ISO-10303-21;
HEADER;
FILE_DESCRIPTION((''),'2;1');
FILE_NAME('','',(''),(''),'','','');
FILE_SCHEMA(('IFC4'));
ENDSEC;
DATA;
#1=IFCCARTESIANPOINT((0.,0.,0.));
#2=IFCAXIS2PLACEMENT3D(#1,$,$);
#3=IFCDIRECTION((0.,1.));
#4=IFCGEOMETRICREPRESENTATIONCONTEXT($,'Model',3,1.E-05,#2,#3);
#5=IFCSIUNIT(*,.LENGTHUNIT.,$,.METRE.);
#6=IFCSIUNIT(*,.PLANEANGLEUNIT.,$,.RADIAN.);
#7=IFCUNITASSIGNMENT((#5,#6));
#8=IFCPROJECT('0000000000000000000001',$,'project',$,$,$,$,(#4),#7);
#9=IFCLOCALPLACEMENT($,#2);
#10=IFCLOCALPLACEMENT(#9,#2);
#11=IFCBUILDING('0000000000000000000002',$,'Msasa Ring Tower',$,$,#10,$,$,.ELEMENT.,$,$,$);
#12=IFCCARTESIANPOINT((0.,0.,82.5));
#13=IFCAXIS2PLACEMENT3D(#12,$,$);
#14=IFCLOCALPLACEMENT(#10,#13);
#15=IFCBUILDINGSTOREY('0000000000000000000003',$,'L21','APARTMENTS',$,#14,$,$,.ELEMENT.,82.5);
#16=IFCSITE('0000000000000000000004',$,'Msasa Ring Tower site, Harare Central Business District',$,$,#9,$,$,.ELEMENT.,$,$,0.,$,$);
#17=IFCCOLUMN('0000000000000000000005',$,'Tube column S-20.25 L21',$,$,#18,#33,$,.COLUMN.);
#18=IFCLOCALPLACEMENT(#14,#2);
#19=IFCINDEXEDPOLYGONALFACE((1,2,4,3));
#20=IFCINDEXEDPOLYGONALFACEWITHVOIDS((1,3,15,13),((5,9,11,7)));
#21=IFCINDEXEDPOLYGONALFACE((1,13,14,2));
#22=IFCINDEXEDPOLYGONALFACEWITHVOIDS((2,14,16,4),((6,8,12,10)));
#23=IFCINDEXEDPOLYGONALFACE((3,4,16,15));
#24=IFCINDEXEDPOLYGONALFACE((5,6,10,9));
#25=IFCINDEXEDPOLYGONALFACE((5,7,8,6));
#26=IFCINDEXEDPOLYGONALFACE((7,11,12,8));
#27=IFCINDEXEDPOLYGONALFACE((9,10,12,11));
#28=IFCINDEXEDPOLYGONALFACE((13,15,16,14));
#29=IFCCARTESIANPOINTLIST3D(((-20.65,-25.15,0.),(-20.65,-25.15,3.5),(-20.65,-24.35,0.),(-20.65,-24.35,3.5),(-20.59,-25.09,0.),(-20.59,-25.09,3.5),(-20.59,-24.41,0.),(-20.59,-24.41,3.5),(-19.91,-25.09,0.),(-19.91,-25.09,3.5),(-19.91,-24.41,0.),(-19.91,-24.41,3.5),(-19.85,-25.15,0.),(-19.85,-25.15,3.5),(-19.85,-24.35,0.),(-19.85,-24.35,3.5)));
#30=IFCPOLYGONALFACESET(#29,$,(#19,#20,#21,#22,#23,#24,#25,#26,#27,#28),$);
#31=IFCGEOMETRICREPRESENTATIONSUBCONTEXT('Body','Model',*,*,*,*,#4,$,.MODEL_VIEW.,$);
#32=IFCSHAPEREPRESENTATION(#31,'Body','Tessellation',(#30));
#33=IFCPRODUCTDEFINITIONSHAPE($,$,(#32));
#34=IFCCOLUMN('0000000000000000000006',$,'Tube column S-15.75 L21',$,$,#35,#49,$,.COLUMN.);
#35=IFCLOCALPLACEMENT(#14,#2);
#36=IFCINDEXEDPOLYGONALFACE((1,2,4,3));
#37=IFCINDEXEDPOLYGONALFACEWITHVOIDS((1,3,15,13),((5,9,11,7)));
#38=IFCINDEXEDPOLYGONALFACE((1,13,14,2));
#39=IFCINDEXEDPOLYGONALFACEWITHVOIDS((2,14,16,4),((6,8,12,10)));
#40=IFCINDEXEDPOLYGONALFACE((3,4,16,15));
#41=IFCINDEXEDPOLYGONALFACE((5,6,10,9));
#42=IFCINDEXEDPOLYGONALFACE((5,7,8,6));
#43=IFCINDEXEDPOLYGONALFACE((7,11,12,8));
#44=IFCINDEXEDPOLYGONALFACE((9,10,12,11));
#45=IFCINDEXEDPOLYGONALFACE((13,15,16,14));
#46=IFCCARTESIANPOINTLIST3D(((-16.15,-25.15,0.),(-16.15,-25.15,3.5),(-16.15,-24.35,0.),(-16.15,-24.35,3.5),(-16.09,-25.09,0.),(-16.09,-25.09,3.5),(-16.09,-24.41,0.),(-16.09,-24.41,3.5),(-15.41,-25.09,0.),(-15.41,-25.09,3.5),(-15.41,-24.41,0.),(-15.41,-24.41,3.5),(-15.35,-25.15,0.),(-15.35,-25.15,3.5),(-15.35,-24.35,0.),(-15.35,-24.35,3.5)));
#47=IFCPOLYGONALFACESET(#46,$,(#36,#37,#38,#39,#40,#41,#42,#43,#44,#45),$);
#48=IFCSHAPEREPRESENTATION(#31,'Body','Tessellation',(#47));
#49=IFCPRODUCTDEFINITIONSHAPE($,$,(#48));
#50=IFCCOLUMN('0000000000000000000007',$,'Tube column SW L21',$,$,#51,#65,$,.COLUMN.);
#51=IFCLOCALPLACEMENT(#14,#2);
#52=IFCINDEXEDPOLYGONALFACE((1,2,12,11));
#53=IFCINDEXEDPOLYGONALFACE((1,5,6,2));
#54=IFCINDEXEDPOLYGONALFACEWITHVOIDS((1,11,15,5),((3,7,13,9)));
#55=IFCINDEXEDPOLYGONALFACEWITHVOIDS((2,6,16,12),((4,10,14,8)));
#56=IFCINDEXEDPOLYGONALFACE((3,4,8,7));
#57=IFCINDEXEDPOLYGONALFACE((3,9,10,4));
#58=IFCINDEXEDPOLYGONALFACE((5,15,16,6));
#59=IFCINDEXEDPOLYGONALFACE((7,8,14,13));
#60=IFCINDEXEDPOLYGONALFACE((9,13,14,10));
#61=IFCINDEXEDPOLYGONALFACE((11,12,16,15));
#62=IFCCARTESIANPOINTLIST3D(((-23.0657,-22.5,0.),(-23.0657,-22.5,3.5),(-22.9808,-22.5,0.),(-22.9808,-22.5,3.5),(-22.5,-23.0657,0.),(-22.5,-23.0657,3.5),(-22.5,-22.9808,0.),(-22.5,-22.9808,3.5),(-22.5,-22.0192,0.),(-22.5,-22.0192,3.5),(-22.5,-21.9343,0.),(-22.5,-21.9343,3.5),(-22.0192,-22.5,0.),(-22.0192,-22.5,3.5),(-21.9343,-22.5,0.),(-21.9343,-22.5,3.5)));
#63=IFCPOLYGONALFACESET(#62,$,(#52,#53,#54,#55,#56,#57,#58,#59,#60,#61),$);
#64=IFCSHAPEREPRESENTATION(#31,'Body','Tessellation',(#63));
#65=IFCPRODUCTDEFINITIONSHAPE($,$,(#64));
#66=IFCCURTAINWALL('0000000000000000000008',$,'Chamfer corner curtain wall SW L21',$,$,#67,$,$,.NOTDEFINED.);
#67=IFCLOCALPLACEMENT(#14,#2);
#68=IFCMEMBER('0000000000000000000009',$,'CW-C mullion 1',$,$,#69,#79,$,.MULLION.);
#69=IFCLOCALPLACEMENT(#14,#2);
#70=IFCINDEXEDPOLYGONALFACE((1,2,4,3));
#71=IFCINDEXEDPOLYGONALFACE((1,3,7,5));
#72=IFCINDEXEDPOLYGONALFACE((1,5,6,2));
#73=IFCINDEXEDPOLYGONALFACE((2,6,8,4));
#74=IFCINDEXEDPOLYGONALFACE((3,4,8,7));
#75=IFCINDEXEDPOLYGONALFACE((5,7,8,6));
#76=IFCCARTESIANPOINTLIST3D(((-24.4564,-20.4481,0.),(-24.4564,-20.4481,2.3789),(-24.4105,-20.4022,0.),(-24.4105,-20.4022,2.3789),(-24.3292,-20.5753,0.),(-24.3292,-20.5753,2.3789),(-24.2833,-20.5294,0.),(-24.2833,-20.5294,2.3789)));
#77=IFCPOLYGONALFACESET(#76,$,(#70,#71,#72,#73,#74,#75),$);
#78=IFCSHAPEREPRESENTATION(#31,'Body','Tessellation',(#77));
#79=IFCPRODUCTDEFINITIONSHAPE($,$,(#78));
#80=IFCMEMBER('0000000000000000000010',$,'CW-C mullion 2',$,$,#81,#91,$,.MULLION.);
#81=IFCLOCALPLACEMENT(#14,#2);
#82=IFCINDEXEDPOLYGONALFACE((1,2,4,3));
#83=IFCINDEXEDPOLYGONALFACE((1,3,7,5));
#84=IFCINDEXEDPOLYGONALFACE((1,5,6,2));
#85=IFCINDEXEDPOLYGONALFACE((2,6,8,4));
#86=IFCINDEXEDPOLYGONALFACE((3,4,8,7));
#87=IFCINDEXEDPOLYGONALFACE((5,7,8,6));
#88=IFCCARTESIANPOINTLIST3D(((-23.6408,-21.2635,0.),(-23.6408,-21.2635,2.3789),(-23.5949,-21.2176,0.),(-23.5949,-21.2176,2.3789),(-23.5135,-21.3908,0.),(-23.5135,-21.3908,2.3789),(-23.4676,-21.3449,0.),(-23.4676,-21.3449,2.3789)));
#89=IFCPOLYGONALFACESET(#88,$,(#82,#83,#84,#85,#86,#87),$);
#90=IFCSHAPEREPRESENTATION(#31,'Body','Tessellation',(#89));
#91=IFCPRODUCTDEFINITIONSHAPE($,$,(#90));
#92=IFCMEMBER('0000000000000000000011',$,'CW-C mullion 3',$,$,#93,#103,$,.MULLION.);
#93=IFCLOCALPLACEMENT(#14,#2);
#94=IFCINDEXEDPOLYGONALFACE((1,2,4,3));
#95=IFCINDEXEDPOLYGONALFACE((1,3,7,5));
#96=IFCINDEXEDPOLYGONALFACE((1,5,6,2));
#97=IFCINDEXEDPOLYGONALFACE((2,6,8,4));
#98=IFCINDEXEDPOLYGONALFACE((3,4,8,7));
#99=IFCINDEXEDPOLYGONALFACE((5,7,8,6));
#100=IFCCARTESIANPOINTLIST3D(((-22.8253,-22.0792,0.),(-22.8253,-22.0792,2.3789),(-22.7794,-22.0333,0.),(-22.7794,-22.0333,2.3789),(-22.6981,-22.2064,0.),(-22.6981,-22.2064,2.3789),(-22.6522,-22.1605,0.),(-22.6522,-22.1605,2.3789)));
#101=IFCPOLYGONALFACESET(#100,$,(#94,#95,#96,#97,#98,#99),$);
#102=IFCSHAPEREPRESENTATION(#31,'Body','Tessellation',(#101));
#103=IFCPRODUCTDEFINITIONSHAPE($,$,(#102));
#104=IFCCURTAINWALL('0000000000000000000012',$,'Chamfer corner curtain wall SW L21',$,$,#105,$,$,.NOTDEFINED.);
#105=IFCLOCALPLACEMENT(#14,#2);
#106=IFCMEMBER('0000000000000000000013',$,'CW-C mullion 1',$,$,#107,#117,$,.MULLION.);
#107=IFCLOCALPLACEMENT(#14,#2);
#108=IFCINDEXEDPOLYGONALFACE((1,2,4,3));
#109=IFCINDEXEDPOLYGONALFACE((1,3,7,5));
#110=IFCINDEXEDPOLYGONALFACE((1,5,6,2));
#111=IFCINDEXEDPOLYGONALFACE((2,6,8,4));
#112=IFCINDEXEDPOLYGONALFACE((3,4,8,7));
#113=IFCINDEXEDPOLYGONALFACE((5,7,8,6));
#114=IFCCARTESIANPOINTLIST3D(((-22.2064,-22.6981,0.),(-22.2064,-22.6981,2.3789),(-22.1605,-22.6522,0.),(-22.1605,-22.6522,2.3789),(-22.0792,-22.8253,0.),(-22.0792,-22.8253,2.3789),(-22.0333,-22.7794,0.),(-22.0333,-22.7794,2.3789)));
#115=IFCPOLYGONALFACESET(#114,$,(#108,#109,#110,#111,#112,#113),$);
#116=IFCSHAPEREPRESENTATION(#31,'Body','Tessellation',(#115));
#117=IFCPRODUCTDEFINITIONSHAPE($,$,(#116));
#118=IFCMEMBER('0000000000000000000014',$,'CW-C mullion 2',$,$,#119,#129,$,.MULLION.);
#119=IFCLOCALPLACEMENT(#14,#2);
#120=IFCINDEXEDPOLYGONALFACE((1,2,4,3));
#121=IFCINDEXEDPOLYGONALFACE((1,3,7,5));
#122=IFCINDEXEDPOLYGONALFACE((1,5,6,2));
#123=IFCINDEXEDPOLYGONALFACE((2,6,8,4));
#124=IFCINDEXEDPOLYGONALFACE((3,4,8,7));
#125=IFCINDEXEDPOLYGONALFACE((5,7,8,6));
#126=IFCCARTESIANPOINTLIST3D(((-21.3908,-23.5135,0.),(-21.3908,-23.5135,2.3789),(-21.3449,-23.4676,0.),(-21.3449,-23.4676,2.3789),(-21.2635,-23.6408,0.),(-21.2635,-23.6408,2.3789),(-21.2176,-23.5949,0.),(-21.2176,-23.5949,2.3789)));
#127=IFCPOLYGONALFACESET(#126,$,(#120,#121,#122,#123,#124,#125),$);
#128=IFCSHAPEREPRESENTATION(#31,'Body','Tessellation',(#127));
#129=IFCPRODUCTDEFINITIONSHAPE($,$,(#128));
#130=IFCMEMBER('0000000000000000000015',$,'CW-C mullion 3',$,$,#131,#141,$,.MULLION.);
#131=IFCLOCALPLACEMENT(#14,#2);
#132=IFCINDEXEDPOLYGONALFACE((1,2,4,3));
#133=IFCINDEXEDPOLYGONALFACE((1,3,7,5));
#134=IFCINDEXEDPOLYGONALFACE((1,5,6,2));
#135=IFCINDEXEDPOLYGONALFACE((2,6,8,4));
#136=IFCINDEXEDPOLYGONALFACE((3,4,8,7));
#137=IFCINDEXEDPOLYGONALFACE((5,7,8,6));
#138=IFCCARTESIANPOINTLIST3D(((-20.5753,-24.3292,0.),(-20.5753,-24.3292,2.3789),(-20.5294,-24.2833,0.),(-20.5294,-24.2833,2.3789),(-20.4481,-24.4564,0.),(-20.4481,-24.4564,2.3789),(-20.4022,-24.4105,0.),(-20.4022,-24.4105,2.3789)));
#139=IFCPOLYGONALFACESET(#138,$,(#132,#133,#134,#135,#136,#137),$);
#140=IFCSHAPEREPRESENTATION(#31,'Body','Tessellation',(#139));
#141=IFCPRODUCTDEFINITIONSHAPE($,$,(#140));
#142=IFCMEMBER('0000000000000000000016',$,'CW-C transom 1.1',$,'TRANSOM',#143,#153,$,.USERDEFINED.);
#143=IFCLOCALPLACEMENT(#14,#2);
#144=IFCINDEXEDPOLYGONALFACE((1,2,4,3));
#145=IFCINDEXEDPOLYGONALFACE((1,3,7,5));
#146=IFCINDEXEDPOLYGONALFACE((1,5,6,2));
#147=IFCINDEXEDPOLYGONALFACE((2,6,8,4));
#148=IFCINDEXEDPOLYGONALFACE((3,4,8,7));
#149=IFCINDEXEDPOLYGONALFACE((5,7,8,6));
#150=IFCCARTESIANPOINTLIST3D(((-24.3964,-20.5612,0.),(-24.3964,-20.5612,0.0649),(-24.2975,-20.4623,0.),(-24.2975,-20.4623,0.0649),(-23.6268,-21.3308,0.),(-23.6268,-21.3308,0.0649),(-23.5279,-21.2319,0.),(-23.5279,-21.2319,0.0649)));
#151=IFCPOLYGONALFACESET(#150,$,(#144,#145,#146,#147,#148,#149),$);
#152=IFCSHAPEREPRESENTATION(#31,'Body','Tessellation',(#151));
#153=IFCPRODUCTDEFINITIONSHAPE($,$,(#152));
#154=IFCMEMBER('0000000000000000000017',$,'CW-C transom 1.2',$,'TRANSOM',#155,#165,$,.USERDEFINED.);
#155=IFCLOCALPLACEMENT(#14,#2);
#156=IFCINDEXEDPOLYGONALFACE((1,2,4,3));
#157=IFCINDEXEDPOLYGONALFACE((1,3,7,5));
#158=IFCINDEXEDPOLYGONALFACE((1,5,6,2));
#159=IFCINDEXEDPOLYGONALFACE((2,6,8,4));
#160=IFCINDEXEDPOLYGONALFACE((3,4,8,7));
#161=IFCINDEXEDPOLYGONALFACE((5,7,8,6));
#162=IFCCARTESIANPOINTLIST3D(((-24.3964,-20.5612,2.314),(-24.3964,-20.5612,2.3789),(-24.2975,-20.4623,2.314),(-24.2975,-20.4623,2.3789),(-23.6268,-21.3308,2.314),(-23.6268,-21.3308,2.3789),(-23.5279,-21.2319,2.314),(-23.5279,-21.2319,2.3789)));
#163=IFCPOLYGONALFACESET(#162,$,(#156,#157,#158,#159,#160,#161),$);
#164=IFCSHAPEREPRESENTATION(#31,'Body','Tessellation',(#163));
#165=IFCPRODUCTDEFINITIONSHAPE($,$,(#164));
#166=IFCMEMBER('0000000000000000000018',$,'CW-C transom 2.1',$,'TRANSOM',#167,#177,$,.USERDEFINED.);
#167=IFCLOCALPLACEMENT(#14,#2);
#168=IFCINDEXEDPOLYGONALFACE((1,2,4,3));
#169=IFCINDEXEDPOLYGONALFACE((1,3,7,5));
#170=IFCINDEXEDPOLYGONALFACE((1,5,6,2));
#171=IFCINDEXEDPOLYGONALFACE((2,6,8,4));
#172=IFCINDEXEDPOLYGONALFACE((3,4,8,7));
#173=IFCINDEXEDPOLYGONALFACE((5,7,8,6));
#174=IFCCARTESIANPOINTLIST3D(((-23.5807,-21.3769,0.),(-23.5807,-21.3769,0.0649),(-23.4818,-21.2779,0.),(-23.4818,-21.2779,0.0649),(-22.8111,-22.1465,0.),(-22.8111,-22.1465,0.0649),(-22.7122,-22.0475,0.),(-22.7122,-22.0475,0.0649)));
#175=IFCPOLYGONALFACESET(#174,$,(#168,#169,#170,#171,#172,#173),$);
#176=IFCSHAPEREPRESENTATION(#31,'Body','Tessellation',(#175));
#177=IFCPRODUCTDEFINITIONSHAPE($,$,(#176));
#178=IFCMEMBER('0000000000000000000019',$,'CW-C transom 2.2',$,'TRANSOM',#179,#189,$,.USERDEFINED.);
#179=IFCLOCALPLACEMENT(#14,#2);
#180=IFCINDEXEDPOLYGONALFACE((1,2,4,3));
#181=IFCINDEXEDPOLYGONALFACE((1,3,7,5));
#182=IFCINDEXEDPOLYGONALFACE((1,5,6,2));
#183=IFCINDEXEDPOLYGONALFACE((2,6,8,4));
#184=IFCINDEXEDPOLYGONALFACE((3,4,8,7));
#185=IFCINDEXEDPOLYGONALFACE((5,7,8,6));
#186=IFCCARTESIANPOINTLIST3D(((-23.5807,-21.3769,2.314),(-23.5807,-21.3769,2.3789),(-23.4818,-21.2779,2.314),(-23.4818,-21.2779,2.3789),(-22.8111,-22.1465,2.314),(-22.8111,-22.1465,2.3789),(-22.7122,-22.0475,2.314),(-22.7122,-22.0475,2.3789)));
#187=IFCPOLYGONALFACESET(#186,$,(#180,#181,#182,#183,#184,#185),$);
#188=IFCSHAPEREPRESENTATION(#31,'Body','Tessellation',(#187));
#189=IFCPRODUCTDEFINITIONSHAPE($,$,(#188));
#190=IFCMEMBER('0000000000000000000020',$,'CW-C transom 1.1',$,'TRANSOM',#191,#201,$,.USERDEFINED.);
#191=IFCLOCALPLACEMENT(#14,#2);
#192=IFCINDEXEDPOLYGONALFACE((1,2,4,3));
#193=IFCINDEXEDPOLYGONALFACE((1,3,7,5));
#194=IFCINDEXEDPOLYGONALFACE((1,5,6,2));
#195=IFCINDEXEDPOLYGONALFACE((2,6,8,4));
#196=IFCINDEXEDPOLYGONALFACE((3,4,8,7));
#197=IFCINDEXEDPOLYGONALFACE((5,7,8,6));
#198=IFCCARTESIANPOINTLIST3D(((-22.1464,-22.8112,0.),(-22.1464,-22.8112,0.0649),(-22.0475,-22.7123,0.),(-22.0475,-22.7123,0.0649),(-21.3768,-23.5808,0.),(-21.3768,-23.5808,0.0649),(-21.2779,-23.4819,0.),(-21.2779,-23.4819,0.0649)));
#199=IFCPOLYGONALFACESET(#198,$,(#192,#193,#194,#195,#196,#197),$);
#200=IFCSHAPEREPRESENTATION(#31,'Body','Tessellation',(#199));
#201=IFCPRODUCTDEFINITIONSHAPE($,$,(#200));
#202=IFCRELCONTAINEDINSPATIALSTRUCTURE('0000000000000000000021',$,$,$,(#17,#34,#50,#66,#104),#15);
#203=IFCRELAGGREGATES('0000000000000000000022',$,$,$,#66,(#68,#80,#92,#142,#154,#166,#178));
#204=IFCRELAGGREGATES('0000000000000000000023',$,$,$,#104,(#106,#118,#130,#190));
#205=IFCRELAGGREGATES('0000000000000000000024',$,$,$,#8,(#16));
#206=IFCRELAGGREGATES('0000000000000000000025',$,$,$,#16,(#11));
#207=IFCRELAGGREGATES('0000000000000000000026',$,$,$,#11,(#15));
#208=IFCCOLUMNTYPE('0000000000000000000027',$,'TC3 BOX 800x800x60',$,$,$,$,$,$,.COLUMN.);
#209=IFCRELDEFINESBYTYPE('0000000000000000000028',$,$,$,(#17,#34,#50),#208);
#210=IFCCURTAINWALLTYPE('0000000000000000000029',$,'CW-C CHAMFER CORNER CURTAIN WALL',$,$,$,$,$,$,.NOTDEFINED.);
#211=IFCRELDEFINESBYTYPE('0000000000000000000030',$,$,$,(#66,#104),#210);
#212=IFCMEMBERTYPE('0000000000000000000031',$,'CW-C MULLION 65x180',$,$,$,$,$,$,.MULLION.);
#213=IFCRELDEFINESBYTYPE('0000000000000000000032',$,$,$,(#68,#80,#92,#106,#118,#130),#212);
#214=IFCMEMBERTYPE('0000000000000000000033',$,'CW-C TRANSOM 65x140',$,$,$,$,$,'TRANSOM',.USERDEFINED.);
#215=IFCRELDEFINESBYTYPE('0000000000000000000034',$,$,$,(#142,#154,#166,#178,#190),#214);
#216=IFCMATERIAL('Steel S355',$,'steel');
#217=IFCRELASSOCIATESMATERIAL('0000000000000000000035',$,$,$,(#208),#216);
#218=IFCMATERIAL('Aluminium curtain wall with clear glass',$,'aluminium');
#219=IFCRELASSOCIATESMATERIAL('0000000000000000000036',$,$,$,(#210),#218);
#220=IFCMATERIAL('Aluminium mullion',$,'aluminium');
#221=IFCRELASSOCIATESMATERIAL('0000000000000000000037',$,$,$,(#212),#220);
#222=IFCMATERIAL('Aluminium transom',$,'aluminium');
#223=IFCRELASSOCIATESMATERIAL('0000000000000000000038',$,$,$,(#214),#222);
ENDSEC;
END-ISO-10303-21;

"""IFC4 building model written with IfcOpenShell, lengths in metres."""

from ifc_helpers import new_model, si_unit, direction, frame, origin, origin_2d, place, context, subcontext, project, spatial, rectangle, hollow_rectangle, extrude, material, material_profile, profile_set, type_object, element, aggregate, save


model = new_model("IFC4")

# Units and contexts
model_context = context("Model", 3, precision=1e-05, world=origin(), true_north=direction((0.0, 1.0)))
body_context = subcontext(model_context, "Body", "Model", "MODEL_VIEW")
ifc_project = project(units=[si_unit("LENGTHUNIT", "METRE"), si_unit("PLANEANGLEUNIT", "RADIAN")], contexts=[model_context])

# Site, building, storey
site_placement = place(None, origin())
site = spatial("IfcSite", under=ifc_project, at=site_placement, Name="Msasa Ring Tower site, Harare Central Business District", CompositionType="ELEMENT", RefElevation=0.0)
building_placement = place(site_placement, origin())
building = spatial("IfcBuilding", under=site, at=building_placement, Name="Msasa Ring Tower", CompositionType="ELEMENT")
storey_placement = place(building_placement, frame((0.0, 0.0, 82.5)))
storey = spatial("IfcBuildingStorey", under=building, at=storey_placement, Name="L21", Description="APARTMENTS", CompositionType="ELEMENT", Elevation=82.5)

# Columns
ifc_material_1 = material(Name="Steel S355", Category="steel")
ifc_material_profile_1 = material_profile(ifc_material_1, hollow_rectangle(XDim=0.8, YDim=0.8, WallThickness=0.0601, at=origin_2d()), Name="BOX 800x800x60")
ifc_profile_set_1 = profile_set([ifc_material_profile_1], Name="Steel S355")
column_type = type_object("IfcColumnType", Name="TC3 BOX 800x800x60", PredefinedType="COLUMN", material=ifc_profile_set_1)
for number, where, z_axis, x_axis, name in (
    (1, (-20.25, -24.75, 0.0), (0.0, 0.0, 1.0), (0.0, 1.0, 0.0), "Tube column S-20.25 L21"),
    (2, (-15.75, -24.75, 0.0), (0.0, 0.0, 1.0), (0.0, 1.0, 0.0), "Tube column S-15.75 L21"),
    (3, (-22.5, -22.5, 0.0), (0.0, 0.0, 1.0), (0.707107, 0.707107, 0.0), "Tube column SW L21"),
):
    element("IfcColumn", number, at=place(storey_placement, frame(where, z_axis=z_axis, x_axis=x_axis)), inside=storey, type_object=column_type, Name=name, PredefinedType="COLUMN", context=body_context, shape_type="SweptSolid", body=[
        extrude(hollow_rectangle(XDim=0.8, YDim=0.8, WallThickness=0.0601, at=origin_2d()), origin(), (0.0, 0.0, 1.0), 3.5),
    ])

# Curtain walls, members
ifc_material_2 = material(Name="Aluminium curtain wall with clear glass", Category="aluminium")
curtain_wall_type = type_object("IfcCurtainWallType", Name="CW-C CHAMFER CORNER CURTAIN WALL", PredefinedType="NOTDEFINED", material=ifc_material_2)
curtain_wall_1_placement = place(storey_placement, origin())
curtain_wall_1 = element("IfcCurtainWall", 4, at=curtain_wall_1_placement, inside=storey, type_object=curtain_wall_type, Name="Chamfer corner curtain wall SW L21", PredefinedType="NOTDEFINED")
ifc_material_3 = material(Name="Aluminium mullion", Category="aluminium")
ifc_material_profile_2 = material_profile(ifc_material_3, rectangle(XDim=0.0649, YDim=0.1799, at=origin_2d()), Name="AL 65x180")
ifc_profile_set_2 = profile_set([ifc_material_profile_2], Name="Aluminium mullion")
member_type_1 = type_object("IfcMemberType", Name="CW-C MULLION 65x180", PredefinedType="MULLION", material=ifc_profile_set_2)
member_1_placement = place(storey_placement, frame((-24.3699, -20.4888, 0.0), z_axis=(0.0, 0.0, 1.0), x_axis=(0.707107, 0.707107, 0.0)))
member_1 = element("IfcMember", 5, at=member_1_placement, type_object=member_type_1, Name="CW-C mullion 1", PredefinedType="MULLION", context=body_context, shape_type="SweptSolid", body=[
    extrude(rectangle(XDim=0.0649, YDim=0.1799, at=origin_2d()), origin(), (0.0, 0.0, 1.0), 2.3789),
])
member_2_placement = place(storey_placement, frame((-23.5542, -21.3042, 0.0), z_axis=(0.0, 0.0, 1.0), x_axis=(0.707107, 0.707107, 0.0)))
member_2 = element("IfcMember", 6, at=member_2_placement, type_object=member_type_1, Name="CW-C mullion 2", PredefinedType="MULLION", context=body_context, shape_type="SweptSolid", body=[
    extrude(rectangle(XDim=0.0649, YDim=0.1799, at=origin_2d()), origin(), (0.0, 0.0, 1.0), 2.3789),
])
member_3_placement = place(storey_placement, frame((-22.7388, -22.1199, 0.0), z_axis=(0.0, 0.0, 1.0), x_axis=(0.707107, 0.707107, 0.0)))
member_3 = element("IfcMember", 7, at=member_3_placement, type_object=member_type_1, Name="CW-C mullion 3", PredefinedType="MULLION", context=body_context, shape_type="SweptSolid", body=[
    extrude(rectangle(XDim=0.0649, YDim=0.1799, at=origin_2d()), origin(), (0.0, 0.0, 1.0), 2.3789),
])
curtain_wall_2_placement = place(storey_placement, origin())
curtain_wall_2 = element("IfcCurtainWall", 8, at=curtain_wall_2_placement, inside=storey, type_object=curtain_wall_type, Name="Chamfer corner curtain wall SW L21", PredefinedType="NOTDEFINED")
member_4_placement = place(storey_placement, frame((-22.1199, -22.7388, 0.0), z_axis=(0.0, 0.0, 1.0), x_axis=(0.707107, 0.707107, 0.0)))
member_4 = element("IfcMember", 9, at=member_4_placement, type_object=member_type_1, Name="CW-C mullion 1", PredefinedType="MULLION", context=body_context, shape_type="SweptSolid", body=[
    extrude(rectangle(XDim=0.0649, YDim=0.1799, at=origin_2d()), origin(), (0.0, 0.0, 1.0), 2.3789),
])
member_5_placement = place(storey_placement, frame((-21.3042, -23.5542, 0.0), z_axis=(0.0, 0.0, 1.0), x_axis=(0.707107, 0.707107, 0.0)))
member_5 = element("IfcMember", 10, at=member_5_placement, type_object=member_type_1, Name="CW-C mullion 2", PredefinedType="MULLION", context=body_context, shape_type="SweptSolid", body=[
    extrude(rectangle(XDim=0.0649, YDim=0.1799, at=origin_2d()), origin(), (0.0, 0.0, 1.0), 2.3789),
])
member_6_placement = place(storey_placement, frame((-20.4888, -24.3699, 0.0), z_axis=(0.0, 0.0, 1.0), x_axis=(0.707107, 0.707107, 0.0)))
member_6 = element("IfcMember", 11, at=member_6_placement, type_object=member_type_1, Name="CW-C mullion 3", PredefinedType="MULLION", context=body_context, shape_type="SweptSolid", body=[
    extrude(rectangle(XDim=0.0649, YDim=0.1799, at=origin_2d()), origin(), (0.0, 0.0, 1.0), 2.3789),
])

# Members
ifc_material_4 = material(Name="Aluminium transom", Category="aluminium")
ifc_material_profile_3 = material_profile(ifc_material_4, rectangle(XDim=0.1399, YDim=0.0649, at=origin_2d()), Name="AL 65x140")
ifc_profile_set_3 = profile_set([ifc_material_profile_3], Name="Aluminium transom")
member_type_2 = type_object("IfcMemberType", Name="CW-C TRANSOM 65x140", ElementType="TRANSOM", PredefinedType="USERDEFINED", material=ifc_profile_set_3)
member_7_placement = place(storey_placement, frame((-24.3469, -20.5117, 0.0325), z_axis=(0.707107, -0.707107, 0.0), x_axis=(0.707107, 0.707107, 0.0)))
member_7 = element("IfcMember", 12, at=member_7_placement, type_object=member_type_2, Name="CW-C transom 1.1", ObjectType="TRANSOM", PredefinedType="USERDEFINED", context=body_context, shape_type="SweptSolid", body=[
    extrude(rectangle(XDim=0.1399, YDim=0.0649, at=origin_2d()), origin(), (0.0, 0.0, 1.0), 1.0884),
])
member_8_placement = place(storey_placement, frame((-24.3469, -20.5117, 2.3464), z_axis=(0.707107, -0.707107, 0.0), x_axis=(0.707107, 0.707107, 0.0)))
member_8 = element("IfcMember", 13, at=member_8_placement, type_object=member_type_2, Name="CW-C transom 1.2", ObjectType="TRANSOM", PredefinedType="USERDEFINED", context=body_context, shape_type="SweptSolid", body=[
    extrude(rectangle(XDim=0.1399, YDim=0.0649, at=origin_2d()), origin(), (0.0, 0.0, 1.0), 1.0884),
])
member_9_placement = place(storey_placement, frame((-23.5312, -21.3274, 0.0325), z_axis=(0.707107, -0.707107, 0.0), x_axis=(0.707107, 0.707107, 0.0)))
member_9 = element("IfcMember", 14, at=member_9_placement, type_object=member_type_2, Name="CW-C transom 2.1", ObjectType="TRANSOM", PredefinedType="USERDEFINED", context=body_context, shape_type="SweptSolid", body=[
    extrude(rectangle(XDim=0.1399, YDim=0.0649, at=origin_2d()), origin(), (0.0, 0.0, 1.0), 1.0884),
])
member_10_placement = place(storey_placement, frame((-23.5312, -21.3274, 2.3464), z_axis=(0.707107, -0.707107, 0.0), x_axis=(0.707107, 0.707107, 0.0)))
member_10 = element("IfcMember", 15, at=member_10_placement, type_object=member_type_2, Name="CW-C transom 2.2", ObjectType="TRANSOM", PredefinedType="USERDEFINED", context=body_context, shape_type="SweptSolid", body=[
    extrude(rectangle(XDim=0.1399, YDim=0.0649, at=origin_2d()), origin(), (0.0, 0.0, 1.0), 1.0884),
])
member_11_placement = place(storey_placement, frame((-22.0969, -22.7617, 0.0325), z_axis=(0.707107, -0.707107, 0.0), x_axis=(0.707107, 0.707107, 0.0)))
member_11 = element("IfcMember", 16, at=member_11_placement, type_object=member_type_2, Name="CW-C transom 1.1", ObjectType="TRANSOM", PredefinedType="USERDEFINED", context=body_context, shape_type="SweptSolid", body=[
    extrude(rectangle(XDim=0.1399, YDim=0.0649, at=origin_2d()), origin(), (0.0, 0.0, 1.0), 1.0884),
])

aggregate(curtain_wall_1, [member_1, member_2, member_3, member_7, member_8, member_9, member_10])
aggregate(curtain_wall_2, [member_4, member_5, member_6, member_11])

save(model, "model.ifc")
